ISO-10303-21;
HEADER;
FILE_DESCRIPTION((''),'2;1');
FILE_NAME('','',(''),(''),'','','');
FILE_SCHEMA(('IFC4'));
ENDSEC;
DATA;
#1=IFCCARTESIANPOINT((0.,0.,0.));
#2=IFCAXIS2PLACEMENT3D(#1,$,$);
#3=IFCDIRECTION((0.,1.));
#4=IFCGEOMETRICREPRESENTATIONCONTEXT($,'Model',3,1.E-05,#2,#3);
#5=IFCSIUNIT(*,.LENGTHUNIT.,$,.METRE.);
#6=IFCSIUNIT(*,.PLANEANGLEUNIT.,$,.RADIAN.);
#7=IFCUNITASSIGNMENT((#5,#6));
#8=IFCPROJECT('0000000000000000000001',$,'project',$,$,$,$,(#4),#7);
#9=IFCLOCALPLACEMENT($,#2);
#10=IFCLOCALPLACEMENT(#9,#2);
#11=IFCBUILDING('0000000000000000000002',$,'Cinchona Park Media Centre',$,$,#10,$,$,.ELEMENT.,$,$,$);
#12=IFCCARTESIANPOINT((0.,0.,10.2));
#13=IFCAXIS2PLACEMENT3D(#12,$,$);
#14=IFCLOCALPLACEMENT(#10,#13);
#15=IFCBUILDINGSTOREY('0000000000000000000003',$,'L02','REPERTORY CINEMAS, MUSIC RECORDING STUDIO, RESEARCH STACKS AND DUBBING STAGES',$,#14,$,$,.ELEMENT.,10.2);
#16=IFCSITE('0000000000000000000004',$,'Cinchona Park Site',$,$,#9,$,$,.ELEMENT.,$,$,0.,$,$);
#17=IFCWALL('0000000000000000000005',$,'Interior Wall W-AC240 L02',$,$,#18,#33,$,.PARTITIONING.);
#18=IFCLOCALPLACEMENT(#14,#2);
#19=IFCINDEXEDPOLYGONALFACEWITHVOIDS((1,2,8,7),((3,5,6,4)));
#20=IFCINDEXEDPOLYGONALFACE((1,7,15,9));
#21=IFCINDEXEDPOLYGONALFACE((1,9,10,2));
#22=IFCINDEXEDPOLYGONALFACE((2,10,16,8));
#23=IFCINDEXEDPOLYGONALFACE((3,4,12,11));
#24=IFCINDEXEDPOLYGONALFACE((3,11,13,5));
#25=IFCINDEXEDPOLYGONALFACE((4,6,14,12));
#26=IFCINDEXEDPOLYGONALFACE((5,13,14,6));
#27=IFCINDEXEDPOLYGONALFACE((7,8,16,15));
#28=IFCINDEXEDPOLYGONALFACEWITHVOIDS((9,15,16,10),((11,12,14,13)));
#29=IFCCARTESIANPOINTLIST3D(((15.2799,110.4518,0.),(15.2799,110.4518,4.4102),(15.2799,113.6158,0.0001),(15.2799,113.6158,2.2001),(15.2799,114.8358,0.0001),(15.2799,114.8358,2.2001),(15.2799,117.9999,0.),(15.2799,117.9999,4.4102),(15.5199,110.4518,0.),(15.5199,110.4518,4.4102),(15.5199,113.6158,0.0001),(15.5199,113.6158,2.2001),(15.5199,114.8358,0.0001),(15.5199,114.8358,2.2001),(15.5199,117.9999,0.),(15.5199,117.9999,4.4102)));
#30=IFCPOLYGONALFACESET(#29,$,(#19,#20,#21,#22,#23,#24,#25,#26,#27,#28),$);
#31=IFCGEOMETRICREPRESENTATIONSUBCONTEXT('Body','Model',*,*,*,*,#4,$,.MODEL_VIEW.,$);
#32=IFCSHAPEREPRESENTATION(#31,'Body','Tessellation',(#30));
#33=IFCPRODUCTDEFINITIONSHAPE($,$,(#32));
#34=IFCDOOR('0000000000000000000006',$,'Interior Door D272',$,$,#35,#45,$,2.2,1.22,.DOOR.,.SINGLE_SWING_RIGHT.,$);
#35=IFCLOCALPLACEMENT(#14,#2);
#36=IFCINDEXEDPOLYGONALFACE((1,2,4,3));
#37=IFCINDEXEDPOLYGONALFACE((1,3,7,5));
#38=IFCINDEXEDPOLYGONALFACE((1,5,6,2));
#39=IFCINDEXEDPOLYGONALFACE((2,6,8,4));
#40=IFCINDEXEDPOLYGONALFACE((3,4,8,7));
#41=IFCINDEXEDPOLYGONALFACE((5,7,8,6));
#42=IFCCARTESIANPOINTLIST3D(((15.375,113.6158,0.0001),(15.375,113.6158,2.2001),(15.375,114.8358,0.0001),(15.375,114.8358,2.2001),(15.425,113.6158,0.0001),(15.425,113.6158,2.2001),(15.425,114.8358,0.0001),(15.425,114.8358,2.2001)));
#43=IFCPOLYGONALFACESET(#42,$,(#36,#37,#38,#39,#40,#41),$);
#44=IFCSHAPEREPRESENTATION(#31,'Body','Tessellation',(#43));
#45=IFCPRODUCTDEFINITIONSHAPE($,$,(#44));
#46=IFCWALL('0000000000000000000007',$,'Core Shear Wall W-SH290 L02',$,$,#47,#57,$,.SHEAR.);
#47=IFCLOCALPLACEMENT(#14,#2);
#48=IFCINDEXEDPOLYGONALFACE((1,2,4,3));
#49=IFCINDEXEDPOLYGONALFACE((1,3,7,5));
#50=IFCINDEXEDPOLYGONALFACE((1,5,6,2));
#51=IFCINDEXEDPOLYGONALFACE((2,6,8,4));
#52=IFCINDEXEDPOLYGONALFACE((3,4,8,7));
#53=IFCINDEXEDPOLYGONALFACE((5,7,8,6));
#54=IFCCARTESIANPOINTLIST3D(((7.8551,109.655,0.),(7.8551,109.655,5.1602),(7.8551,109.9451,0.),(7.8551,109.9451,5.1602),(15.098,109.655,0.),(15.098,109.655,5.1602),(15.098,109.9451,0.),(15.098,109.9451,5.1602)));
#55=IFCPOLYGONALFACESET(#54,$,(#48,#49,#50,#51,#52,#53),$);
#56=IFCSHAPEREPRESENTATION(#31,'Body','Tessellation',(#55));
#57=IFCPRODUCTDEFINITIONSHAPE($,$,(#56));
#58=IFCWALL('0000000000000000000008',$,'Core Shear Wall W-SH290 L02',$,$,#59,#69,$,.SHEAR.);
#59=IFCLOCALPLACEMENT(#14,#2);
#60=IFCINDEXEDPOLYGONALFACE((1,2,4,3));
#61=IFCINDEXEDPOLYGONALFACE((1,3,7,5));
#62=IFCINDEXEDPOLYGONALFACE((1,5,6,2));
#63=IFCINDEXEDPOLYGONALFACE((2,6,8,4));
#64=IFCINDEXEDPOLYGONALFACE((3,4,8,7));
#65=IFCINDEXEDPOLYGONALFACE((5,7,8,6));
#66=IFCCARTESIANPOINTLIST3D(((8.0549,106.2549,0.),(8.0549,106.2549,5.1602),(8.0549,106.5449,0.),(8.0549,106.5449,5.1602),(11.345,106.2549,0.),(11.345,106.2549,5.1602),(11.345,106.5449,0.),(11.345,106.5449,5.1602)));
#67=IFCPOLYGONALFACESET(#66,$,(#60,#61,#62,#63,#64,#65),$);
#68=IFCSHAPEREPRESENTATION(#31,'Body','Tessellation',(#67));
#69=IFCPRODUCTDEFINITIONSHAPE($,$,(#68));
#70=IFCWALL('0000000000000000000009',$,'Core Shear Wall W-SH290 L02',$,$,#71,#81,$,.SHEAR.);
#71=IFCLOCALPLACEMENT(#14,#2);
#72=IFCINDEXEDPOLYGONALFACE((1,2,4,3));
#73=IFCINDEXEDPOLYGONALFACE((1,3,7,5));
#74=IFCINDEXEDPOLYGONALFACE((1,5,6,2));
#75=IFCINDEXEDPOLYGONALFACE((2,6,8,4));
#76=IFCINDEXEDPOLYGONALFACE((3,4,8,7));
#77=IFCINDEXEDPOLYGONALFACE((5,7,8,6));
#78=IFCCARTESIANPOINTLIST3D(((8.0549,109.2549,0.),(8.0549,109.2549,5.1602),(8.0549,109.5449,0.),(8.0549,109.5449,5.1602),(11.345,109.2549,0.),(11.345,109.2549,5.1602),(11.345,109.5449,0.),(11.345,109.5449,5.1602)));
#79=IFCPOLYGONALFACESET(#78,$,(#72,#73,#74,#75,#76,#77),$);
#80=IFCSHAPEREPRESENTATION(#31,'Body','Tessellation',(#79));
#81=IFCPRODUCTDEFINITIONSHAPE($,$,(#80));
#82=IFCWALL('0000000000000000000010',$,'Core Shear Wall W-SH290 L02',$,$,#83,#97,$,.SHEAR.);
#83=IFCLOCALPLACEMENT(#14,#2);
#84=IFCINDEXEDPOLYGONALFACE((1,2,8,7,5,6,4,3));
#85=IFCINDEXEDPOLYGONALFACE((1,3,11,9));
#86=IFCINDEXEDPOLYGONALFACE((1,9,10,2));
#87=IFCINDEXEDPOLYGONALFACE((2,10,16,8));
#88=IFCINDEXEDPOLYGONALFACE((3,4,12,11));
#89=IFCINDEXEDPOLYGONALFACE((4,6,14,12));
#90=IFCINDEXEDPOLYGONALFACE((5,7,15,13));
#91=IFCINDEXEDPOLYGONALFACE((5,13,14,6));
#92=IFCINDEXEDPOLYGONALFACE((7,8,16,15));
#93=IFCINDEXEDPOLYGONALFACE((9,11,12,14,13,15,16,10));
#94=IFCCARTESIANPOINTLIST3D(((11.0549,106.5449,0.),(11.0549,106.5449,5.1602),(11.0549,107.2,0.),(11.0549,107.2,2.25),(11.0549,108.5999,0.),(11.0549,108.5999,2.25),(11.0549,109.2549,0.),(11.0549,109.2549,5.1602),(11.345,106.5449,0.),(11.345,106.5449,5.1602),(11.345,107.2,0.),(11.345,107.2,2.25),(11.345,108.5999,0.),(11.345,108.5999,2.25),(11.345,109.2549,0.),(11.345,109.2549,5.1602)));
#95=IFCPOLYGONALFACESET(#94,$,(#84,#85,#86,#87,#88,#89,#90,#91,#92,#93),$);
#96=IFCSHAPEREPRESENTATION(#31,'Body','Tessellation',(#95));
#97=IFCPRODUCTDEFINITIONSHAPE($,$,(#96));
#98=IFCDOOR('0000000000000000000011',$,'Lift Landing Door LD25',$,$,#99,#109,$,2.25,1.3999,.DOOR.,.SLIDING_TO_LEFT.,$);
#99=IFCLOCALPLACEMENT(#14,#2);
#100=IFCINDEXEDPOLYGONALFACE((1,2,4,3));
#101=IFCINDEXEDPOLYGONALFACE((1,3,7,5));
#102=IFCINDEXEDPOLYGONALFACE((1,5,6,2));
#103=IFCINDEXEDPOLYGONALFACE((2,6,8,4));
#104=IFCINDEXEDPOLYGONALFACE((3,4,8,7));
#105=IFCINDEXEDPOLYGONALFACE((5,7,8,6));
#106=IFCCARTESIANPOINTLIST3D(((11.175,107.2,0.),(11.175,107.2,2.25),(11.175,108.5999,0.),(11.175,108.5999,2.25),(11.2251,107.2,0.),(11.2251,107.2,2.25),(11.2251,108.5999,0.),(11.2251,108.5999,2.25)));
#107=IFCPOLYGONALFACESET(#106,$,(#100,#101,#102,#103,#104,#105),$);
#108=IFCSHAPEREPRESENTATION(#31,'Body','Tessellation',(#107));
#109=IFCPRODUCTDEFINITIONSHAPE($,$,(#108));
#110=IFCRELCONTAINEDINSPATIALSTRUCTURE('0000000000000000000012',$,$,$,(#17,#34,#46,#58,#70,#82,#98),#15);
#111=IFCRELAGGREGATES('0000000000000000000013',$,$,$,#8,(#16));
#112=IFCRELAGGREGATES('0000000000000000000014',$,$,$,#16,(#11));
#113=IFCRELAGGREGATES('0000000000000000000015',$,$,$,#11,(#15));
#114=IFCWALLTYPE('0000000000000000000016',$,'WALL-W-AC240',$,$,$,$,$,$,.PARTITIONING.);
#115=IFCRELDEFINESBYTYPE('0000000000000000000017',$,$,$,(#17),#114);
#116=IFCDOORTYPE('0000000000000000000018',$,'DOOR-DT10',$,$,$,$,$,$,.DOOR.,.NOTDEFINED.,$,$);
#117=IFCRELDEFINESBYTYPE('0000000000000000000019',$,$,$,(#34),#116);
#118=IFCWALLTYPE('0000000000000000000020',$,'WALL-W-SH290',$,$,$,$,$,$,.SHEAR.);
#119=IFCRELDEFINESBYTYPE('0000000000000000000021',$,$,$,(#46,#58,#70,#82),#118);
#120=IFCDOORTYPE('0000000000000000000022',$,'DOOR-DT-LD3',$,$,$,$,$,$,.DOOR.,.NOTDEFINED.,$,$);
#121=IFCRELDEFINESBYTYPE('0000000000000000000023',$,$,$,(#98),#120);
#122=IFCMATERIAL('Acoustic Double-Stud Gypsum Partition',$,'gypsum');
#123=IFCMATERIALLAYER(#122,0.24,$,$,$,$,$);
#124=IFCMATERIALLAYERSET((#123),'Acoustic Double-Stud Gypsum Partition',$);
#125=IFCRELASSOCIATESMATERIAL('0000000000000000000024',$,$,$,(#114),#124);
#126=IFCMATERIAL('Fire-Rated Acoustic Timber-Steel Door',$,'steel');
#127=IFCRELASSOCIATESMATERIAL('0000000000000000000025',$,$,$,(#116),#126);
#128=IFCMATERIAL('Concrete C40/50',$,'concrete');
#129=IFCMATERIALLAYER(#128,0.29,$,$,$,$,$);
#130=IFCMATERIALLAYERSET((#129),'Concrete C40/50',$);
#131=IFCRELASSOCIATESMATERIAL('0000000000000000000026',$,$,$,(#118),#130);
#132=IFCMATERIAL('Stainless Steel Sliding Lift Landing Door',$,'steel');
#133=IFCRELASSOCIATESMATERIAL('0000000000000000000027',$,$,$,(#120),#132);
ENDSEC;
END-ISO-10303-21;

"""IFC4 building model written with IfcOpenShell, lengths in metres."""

from ifc_helpers import new_model, si_unit, direction, frame, frame_2d, origin, place, context, subcontext, project, spatial, rectangle, extrude, material, layer, layer_set, type_object, element, fill, save


model = new_model("IFC4")

# Units and contexts
model_context = context("Model", 3, precision=1e-05, world=origin(), true_north=direction((0.0, 1.0)))
body_context = subcontext(model_context, "Body", "Model", "MODEL_VIEW")
ifc_project = project(units=[si_unit("LENGTHUNIT", "METRE"), si_unit("PLANEANGLEUNIT", "RADIAN")], contexts=[model_context])

# Site, building, storey
site_placement = place(None, origin())
site = spatial("IfcSite", under=ifc_project, at=site_placement, Name="Cinchona Park Site", CompositionType="ELEMENT", RefElevation=0.0)
building_placement = place(site_placement, origin())
building = spatial("IfcBuilding", under=site, at=building_placement, Name="Cinchona Park Media Centre", CompositionType="ELEMENT")
storey_placement = place(building_placement, frame((0.0, 0.0, 10.2)))
storey = spatial("IfcBuildingStorey", under=building, at=storey_placement, Name="L02", Description="REPERTORY CINEMAS, MUSIC RECORDING STUDIO, RESEARCH STACKS AND DUBBING STAGES", CompositionType="ELEMENT", Elevation=10.2)

# Wall, opening, door
ifc_material_1 = material(Name="Acoustic Double-Stud Gypsum Partition", Category="gypsum")
ifc_layer_1 = layer(ifc_material_1, 0.24)
ifc_layer_set_1 = layer_set([ifc_layer_1], Name="Acoustic Double-Stud Gypsum Partition")
wall_type_1 = type_object("IfcWallType", Name="WALL-W-AC240", PredefinedType="PARTITIONING", material=ifc_layer_set_1)
wall_1_placement = place(storey_placement, frame((15.3999, 110.4519, 0.0), z_axis=(0.0, 0.0, 1.0), x_axis=(0.0, 1.0, 0.0)))
wall_1 = element("IfcWall", 1, at=wall_1_placement, inside=storey, type_object=wall_type_1, Name="Interior Wall W-AC240 L02", PredefinedType="PARTITIONING", context=body_context, shape_type="SweptSolid", body=[
    extrude(rectangle(XDim=7.5481, YDim=0.24, at=frame_2d((3.7739, 0.0))), origin(), (0.0, 0.0, 1.0), 4.4102),
])
opening_1_placement = place(wall_1_placement, frame((3.1641, 0.0, 0.0)))
opening_1 = element("IfcOpeningElement", 2, at=opening_1_placement, cuts=wall_1, PredefinedType="OPENING", context=body_context, shape_type="SweptSolid", body=[
    extrude(rectangle(XDim=1.22, YDim=2.2, at=frame_2d((0.6099, 1.1001))), frame((0.0, 0.1299, 0.0), z_axis=(0.0, -1.0, 0.0), x_axis=(1.0, 0.0, 0.0)), (0.0, 0.0, 1.0), 0.26),
])
ifc_material_2 = material(Name="Fire-Rated Acoustic Timber-Steel Door", Category="steel")
door_type_1 = type_object("IfcDoorType", Name="DOOR-DT10", OperationType="NOTDEFINED", PredefinedType="DOOR", material=ifc_material_2)
door_1_placement = place(opening_1_placement, origin())
door_1 = element("IfcDoor", 3, at=door_1_placement, inside=storey, type_object=door_type_1, Name="Interior Door D272", OperationType="SINGLE_SWING_RIGHT", OverallHeight=2.2, OverallWidth=1.22, PredefinedType="DOOR", context=body_context, shape_type="SweptSolid", body=[
    extrude(rectangle(XDim=1.22, YDim=2.2, at=frame_2d((0.6099, 1.1001))), frame((0.0, 0.0249, 0.0), z_axis=(0.0, -1.0, 0.0), x_axis=(1.0, 0.0, 0.0)), (0.0, 0.0, 1.0), 0.05),
])
fill(opening_1, door_1)

# Walls
ifc_material_3 = material(Name="Concrete C40/50", Category="concrete")
ifc_layer_2 = layer(ifc_material_3, 0.29)
ifc_layer_set_2 = layer_set([ifc_layer_2], Name="Concrete C40/50")
wall_type_2 = type_object("IfcWallType", Name="WALL-W-SH290", PredefinedType="SHEAR", material=ifc_layer_set_2)
wall_2_placement = place(storey_placement, frame((7.855, 109.8, 0.0), z_axis=(0.0, 0.0, 1.0), x_axis=(1.0, 0.0, 0.0)))
element("IfcWall", 4, at=wall_2_placement, inside=storey, type_object=wall_type_2, Name="Core Shear Wall W-SH290 L02", PredefinedType="SHEAR", context=body_context, shape_type="SweptSolid", body=[
    extrude(rectangle(XDim=7.2429, YDim=0.29, at=frame_2d((3.6216, 0.0))), origin(), (0.0, 0.0, 1.0), 5.1602),
])
for number, where, z_axis, x_axis, name in (
    (5, (8.0549, 106.3999, 0.0), (0.0, 0.0, 1.0), (1.0, 0.0, 0.0), "Core Shear Wall W-SH290 L02"),
    (6, (8.0549, 109.3999, 0.0), (0.0, 0.0, 1.0), (1.0, 0.0, 0.0), "Core Shear Wall W-SH290 L02"),
):
    element("IfcWall", number, at=place(storey_placement, frame(where, z_axis=z_axis, x_axis=x_axis)), inside=storey, type_object=wall_type_2, Name=name, PredefinedType="SHEAR", context=body_context, shape_type="SweptSolid", body=[
        extrude(rectangle(XDim=3.29, YDim=0.29, at=frame_2d((1.645, 0.0))), origin(), (0.0, 0.0, 1.0), 5.1602),
    ])

# Wall, opening, door
wall_3_placement = place(storey_placement, frame((11.2, 106.5449, 0.0), z_axis=(0.0, 0.0, 1.0), x_axis=(0.0, 1.0, 0.0)))
wall_3 = element("IfcWall", 7, at=wall_3_placement, inside=storey, type_object=wall_type_2, Name="Core Shear Wall W-SH290 L02", PredefinedType="SHEAR", context=body_context, shape_type="SweptSolid", body=[
    extrude(rectangle(XDim=2.71, YDim=0.29, at=frame_2d((1.355, 0.0))), origin(), (0.0, 0.0, 1.0), 5.1602),
])
opening_2_placement = place(wall_3_placement, frame((0.655, 0.0, 0.0)))
opening_2 = element("IfcOpeningElement", 8, at=opening_2_placement, cuts=wall_3, PredefinedType="OPENING", context=body_context, shape_type="SweptSolid", body=[
    extrude(rectangle(XDim=1.3999, YDim=2.25, at=frame_2d((0.7, 1.125))), frame((0.0, 0.155, 0.0), z_axis=(0.0, -1.0, 0.0), x_axis=(1.0, 0.0, 0.0)), (0.0, 0.0, 1.0), 0.3101),
])
ifc_material_4 = material(Name="Stainless Steel Sliding Lift Landing Door", Category="steel")
door_type_2 = type_object("IfcDoorType", Name="DOOR-DT-LD3", OperationType="NOTDEFINED", PredefinedType="DOOR", material=ifc_material_4)
door_2_placement = place(opening_2_placement, origin())
door_2 = element("IfcDoor", 9, at=door_2_placement, inside=storey, type_object=door_type_2, Name="Lift Landing Door LD25", OperationType="SLIDING_TO_LEFT", OverallHeight=2.25, OverallWidth=1.3999, PredefinedType="DOOR", context=body_context, shape_type="SweptSolid", body=[
    extrude(rectangle(XDim=1.3999, YDim=2.25, at=frame_2d((0.7, 1.125))), frame((0.0, 0.0249, 0.0), z_axis=(0.0, -1.0, 0.0), x_axis=(1.0, 0.0, 0.0)), (0.0, 0.0, 1.0), 0.05),
])
fill(opening_2, door_2)

save(model, "model.ifc")
